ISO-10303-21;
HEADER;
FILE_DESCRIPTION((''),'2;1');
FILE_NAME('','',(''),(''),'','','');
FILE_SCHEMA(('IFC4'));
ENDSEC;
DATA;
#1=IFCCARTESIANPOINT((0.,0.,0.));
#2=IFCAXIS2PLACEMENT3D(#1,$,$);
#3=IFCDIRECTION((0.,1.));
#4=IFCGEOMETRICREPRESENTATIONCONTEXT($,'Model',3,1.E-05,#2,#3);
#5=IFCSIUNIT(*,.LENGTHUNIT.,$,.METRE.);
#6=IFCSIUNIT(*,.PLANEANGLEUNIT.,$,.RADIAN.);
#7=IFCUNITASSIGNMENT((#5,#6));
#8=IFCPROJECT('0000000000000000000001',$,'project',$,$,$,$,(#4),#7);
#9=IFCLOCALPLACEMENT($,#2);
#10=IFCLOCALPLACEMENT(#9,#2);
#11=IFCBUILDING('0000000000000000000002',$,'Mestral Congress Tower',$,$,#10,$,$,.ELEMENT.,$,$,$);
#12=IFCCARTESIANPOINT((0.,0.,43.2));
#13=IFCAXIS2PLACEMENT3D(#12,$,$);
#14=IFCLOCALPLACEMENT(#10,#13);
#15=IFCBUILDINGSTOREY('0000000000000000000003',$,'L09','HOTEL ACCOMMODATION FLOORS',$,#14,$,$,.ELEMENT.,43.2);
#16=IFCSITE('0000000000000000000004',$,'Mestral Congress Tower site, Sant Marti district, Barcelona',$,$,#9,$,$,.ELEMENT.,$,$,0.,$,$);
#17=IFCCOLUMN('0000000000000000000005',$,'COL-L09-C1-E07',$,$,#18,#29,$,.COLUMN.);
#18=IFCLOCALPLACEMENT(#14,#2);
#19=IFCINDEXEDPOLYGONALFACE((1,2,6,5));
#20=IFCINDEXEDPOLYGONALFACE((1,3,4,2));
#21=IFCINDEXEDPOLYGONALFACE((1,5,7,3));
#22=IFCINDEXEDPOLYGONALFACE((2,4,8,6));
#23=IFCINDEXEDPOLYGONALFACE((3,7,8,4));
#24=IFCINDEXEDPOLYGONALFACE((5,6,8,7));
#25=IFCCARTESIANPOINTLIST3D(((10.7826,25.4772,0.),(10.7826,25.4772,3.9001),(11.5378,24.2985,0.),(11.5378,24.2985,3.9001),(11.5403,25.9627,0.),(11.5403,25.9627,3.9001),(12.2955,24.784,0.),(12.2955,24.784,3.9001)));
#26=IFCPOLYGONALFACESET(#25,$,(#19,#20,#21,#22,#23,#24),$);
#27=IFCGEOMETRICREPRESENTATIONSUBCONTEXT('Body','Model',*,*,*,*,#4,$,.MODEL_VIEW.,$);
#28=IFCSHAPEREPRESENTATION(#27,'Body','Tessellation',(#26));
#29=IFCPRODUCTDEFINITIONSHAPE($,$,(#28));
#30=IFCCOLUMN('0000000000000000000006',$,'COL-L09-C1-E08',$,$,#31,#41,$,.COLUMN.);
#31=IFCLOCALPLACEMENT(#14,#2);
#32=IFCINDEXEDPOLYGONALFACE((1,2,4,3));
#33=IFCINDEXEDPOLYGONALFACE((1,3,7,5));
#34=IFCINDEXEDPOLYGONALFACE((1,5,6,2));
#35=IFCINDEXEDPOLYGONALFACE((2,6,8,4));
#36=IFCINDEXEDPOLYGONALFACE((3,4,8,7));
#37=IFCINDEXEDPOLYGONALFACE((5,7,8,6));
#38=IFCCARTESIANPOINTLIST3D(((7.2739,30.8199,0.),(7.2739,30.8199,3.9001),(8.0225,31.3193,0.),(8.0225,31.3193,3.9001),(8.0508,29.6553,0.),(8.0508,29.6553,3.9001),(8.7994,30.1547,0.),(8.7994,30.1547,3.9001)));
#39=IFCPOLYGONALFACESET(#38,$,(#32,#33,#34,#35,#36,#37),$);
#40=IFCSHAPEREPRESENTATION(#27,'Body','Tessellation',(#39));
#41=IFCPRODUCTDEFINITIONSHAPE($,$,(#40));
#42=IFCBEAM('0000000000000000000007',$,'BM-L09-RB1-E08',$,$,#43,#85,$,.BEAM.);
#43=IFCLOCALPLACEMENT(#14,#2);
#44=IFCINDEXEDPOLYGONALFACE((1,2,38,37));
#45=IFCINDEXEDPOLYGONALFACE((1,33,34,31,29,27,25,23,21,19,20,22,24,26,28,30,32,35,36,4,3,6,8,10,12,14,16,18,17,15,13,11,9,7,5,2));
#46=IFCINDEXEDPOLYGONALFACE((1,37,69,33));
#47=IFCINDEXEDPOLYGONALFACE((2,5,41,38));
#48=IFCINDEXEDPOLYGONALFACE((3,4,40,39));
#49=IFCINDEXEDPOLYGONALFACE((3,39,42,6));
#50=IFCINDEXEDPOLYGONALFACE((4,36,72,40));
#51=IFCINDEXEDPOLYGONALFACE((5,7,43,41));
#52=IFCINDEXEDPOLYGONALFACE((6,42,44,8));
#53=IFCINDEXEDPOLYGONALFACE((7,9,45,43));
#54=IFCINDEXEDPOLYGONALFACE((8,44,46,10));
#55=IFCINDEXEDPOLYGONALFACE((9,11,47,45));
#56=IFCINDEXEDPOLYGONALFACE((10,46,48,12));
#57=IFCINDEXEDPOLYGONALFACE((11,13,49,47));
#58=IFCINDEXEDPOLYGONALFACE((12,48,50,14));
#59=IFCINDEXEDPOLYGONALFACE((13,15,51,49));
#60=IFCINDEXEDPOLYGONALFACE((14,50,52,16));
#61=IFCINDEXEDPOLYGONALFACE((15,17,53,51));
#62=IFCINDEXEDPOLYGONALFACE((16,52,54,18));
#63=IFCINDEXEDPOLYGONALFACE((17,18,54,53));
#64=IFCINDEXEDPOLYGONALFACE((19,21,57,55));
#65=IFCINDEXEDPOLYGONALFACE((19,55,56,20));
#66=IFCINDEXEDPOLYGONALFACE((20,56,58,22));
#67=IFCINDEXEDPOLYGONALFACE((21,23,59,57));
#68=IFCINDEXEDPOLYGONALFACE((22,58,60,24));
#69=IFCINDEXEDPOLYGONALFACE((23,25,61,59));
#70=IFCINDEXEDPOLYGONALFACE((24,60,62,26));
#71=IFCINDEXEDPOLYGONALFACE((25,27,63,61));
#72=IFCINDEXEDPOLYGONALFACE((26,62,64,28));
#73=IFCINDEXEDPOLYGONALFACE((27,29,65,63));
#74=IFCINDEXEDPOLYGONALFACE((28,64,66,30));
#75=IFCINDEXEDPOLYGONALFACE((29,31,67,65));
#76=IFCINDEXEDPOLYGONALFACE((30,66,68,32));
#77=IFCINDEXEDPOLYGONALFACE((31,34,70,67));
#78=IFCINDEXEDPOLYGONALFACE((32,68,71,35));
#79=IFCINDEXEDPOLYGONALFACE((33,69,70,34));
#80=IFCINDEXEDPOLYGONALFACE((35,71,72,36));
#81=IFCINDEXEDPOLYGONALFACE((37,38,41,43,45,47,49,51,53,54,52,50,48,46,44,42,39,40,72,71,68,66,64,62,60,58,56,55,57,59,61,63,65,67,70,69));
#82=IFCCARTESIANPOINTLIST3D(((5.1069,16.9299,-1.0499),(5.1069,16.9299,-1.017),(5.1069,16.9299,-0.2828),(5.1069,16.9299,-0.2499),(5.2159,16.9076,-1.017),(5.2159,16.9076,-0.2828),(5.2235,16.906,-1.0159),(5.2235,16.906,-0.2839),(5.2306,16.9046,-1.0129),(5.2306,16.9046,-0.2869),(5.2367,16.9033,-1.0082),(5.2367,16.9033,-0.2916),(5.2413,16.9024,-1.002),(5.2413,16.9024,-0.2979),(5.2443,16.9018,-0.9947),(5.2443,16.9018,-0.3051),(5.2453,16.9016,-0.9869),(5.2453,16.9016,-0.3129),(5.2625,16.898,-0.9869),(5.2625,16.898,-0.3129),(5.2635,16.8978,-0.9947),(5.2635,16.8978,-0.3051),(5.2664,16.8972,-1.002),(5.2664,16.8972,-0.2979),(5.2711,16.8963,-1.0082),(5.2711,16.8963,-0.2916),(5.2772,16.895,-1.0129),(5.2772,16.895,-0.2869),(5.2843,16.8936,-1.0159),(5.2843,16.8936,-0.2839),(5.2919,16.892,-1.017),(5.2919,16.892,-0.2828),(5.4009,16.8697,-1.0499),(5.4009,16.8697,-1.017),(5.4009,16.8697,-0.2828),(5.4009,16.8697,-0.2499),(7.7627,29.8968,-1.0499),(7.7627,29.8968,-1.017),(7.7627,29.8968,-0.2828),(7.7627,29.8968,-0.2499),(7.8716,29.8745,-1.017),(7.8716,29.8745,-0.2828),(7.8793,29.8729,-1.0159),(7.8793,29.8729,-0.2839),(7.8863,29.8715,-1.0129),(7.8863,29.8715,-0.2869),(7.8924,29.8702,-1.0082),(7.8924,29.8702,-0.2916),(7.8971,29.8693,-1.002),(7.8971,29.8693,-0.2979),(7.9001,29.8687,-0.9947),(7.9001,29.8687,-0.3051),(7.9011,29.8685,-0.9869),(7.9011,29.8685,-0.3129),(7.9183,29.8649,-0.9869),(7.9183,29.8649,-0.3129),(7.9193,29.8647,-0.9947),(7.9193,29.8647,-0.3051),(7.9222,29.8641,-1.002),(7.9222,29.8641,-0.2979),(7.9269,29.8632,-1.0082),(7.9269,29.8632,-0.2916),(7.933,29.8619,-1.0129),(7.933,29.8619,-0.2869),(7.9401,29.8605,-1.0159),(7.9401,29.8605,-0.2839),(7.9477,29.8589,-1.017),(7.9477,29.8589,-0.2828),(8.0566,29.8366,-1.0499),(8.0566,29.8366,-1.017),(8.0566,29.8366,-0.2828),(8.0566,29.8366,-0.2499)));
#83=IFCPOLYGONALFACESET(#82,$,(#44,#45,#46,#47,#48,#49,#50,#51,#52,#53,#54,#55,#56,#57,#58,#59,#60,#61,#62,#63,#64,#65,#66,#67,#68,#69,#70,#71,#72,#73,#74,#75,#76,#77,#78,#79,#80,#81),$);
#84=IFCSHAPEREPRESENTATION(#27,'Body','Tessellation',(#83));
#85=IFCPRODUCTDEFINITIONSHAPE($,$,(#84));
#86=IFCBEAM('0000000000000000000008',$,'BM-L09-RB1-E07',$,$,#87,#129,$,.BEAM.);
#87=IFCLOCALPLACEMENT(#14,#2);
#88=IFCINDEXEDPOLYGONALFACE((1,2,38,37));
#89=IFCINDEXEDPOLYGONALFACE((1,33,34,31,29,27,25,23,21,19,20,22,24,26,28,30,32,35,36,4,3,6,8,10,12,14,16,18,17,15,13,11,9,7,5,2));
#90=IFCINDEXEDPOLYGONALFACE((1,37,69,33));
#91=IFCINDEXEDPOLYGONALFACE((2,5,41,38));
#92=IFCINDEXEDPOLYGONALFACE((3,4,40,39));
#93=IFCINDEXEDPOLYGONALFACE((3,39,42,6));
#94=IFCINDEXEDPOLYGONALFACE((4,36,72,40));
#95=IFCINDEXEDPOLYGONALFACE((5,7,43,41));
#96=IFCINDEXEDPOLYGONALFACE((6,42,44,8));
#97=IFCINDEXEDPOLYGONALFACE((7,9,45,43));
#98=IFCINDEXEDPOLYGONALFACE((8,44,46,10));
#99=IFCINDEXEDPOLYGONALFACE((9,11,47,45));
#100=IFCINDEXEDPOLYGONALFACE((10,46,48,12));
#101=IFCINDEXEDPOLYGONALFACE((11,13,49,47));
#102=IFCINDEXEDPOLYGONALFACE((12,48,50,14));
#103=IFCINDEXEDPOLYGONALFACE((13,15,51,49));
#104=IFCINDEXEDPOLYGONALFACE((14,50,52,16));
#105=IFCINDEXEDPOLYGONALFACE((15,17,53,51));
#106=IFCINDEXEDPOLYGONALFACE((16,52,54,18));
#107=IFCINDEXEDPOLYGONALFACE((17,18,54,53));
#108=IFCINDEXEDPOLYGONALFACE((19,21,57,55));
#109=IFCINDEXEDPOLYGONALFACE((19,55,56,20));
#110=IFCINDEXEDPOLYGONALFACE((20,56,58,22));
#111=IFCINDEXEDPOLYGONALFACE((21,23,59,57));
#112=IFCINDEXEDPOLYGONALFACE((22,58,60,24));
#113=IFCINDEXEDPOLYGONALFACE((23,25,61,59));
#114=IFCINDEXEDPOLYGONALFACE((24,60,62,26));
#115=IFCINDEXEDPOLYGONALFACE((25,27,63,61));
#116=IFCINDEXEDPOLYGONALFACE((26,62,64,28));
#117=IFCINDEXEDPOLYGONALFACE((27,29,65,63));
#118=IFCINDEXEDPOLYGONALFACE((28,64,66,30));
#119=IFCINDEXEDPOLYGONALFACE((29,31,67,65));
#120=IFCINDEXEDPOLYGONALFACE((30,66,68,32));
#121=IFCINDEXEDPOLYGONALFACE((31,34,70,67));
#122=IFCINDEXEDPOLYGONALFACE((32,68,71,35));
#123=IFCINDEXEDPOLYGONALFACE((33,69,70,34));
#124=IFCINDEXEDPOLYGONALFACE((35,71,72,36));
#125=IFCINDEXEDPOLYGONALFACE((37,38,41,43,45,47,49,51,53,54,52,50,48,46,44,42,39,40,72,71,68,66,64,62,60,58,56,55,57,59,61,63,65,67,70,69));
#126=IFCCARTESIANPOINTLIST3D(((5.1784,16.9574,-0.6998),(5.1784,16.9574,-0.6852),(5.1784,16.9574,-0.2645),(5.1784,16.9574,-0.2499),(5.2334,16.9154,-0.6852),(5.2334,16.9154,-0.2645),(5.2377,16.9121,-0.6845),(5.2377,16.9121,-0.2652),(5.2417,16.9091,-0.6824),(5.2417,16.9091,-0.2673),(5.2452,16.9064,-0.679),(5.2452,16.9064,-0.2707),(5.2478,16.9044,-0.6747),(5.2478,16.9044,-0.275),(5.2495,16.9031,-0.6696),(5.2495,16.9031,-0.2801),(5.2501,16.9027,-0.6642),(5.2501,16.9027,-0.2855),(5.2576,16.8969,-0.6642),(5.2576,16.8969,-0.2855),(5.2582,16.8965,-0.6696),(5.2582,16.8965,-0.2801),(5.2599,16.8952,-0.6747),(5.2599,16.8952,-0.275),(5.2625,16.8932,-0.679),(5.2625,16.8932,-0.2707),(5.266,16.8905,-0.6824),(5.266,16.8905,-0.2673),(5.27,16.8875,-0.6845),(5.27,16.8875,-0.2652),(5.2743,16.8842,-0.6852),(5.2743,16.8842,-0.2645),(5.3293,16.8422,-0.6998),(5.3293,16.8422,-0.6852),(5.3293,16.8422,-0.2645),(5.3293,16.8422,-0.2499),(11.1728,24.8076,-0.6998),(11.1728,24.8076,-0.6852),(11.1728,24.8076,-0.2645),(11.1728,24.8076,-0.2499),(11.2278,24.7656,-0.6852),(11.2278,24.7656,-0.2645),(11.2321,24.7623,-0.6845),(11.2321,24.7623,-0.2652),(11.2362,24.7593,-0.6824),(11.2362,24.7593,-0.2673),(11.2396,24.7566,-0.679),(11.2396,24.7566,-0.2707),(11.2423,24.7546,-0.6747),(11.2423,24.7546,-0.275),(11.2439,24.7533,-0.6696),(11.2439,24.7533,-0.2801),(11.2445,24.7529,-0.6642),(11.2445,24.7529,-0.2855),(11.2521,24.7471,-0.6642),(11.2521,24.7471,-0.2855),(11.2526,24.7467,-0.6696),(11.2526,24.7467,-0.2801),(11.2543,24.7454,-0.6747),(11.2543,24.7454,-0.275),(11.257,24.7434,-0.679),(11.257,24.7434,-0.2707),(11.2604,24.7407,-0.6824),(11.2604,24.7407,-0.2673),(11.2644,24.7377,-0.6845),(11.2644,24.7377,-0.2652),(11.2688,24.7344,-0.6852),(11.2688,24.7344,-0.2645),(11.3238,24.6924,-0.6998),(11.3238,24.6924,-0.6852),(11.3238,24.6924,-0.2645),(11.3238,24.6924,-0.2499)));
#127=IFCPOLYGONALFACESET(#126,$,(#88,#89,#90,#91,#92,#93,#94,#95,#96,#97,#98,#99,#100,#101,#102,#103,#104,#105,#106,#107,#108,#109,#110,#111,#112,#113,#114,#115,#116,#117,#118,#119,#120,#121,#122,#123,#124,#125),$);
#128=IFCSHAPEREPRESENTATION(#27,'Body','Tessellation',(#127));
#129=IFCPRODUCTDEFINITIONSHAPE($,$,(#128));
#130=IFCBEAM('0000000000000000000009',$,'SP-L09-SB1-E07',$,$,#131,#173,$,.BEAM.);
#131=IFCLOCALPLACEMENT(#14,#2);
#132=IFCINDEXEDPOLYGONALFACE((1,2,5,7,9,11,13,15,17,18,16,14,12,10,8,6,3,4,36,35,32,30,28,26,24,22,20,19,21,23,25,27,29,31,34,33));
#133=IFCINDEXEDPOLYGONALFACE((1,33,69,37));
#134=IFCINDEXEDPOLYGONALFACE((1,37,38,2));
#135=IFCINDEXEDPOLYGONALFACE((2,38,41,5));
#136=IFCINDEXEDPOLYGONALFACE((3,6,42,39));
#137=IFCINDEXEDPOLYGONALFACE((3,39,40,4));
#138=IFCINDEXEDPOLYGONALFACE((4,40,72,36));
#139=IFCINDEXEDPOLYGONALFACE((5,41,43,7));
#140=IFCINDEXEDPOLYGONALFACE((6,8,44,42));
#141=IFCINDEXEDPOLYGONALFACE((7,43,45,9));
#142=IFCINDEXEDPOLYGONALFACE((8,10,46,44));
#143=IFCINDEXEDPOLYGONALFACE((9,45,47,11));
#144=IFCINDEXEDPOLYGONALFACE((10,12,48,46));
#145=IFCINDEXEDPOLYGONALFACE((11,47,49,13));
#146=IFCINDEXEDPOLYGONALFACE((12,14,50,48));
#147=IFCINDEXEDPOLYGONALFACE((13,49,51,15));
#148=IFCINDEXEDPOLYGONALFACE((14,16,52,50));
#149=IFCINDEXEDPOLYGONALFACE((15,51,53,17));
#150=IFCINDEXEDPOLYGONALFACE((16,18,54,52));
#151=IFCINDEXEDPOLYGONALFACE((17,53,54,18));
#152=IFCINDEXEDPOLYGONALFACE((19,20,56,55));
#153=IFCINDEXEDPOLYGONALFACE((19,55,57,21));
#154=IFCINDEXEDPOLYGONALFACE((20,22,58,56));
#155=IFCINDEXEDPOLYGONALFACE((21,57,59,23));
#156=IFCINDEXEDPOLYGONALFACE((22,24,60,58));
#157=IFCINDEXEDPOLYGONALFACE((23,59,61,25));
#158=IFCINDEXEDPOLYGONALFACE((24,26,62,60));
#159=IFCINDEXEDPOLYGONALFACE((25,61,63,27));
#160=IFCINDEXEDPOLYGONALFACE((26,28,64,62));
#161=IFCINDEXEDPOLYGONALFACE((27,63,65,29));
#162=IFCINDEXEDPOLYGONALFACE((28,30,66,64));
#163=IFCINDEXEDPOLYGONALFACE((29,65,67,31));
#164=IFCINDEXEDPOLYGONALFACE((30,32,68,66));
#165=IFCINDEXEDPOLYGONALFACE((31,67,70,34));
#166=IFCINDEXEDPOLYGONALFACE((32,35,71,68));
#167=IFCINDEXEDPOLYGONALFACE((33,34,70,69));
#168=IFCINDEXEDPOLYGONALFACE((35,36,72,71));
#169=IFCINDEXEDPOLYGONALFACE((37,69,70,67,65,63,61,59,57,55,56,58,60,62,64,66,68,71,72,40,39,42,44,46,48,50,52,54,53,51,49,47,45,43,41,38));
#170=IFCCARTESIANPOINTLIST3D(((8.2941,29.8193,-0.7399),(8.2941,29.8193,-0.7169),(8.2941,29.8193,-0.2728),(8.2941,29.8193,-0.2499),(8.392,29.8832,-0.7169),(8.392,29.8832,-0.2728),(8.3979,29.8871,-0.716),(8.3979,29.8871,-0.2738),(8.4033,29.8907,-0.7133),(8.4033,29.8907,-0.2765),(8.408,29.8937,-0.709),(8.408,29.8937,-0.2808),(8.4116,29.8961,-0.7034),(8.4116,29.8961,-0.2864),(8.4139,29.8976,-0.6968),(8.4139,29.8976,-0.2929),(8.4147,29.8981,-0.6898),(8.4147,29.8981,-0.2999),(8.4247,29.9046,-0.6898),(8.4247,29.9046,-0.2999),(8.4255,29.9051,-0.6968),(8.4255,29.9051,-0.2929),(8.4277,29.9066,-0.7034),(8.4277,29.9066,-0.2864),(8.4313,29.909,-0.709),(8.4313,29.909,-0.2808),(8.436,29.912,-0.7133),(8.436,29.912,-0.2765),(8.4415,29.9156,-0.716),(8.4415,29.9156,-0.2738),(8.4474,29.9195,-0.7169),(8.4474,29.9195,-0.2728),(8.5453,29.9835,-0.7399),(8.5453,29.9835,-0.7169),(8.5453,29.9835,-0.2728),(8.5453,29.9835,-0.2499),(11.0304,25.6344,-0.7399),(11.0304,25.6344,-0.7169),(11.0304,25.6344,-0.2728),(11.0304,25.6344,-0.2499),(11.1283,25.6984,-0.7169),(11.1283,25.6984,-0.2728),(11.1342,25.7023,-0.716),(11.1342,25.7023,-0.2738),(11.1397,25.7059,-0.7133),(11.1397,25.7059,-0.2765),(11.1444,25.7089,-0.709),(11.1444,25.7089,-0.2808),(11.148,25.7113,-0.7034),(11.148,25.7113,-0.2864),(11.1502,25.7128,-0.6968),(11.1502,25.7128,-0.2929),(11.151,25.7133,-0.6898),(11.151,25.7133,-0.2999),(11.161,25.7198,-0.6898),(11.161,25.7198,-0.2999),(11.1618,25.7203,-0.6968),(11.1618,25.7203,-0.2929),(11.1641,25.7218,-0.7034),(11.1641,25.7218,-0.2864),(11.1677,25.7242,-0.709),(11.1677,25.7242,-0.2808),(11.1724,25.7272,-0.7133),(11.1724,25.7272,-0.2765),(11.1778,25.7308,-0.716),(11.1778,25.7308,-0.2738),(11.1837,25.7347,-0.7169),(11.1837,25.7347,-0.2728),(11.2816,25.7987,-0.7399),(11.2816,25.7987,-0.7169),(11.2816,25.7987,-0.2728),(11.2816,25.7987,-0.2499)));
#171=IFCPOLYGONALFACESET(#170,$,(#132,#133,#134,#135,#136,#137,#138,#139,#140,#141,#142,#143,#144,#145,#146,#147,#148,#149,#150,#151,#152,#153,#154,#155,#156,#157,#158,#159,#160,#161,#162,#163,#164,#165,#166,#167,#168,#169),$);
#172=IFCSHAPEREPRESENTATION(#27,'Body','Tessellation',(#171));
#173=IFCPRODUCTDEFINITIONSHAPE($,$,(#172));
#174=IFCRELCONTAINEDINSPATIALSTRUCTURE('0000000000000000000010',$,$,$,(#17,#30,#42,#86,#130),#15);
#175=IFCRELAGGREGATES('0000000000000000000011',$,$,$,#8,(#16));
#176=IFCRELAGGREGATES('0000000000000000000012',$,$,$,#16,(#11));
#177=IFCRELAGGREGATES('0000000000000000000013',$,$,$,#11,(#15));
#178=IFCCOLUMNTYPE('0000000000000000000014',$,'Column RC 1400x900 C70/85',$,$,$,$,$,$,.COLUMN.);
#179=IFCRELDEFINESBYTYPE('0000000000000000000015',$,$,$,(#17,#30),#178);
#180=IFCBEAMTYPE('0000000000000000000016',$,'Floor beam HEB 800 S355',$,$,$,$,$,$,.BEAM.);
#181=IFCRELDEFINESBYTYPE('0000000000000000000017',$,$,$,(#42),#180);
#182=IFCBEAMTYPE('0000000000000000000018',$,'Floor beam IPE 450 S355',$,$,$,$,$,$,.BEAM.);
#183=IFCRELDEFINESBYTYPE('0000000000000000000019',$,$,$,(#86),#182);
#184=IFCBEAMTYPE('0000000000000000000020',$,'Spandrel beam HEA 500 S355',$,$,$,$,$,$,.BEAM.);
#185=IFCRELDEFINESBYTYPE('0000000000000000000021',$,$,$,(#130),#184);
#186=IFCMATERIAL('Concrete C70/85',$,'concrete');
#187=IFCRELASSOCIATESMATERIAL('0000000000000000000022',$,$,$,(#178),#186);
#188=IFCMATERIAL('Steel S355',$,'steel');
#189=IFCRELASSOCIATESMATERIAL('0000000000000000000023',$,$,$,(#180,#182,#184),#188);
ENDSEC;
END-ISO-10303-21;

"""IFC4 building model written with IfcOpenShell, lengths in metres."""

from ifc_helpers import new_model, si_unit, direction, frame, origin, origin_2d, place, context, subcontext, project, spatial, rectangle, i_section, extrude, material, material_profile, profile_set, type_object, element, save


model = new_model("IFC4")

# Units and contexts
model_context = context("Model", 3, precision=1e-05, world=origin(), true_north=direction((0.0, 1.0)))
body_context = subcontext(model_context, "Body", "Model", "MODEL_VIEW")
ifc_project = project(units=[si_unit("LENGTHUNIT", "METRE"), si_unit("PLANEANGLEUNIT", "RADIAN")], contexts=[model_context])

# Site, building, storey
site_placement = place(None, origin())
site = spatial("IfcSite", under=ifc_project, at=site_placement, Name="Mestral Congress Tower site, Sant Marti district, Barcelona", CompositionType="ELEMENT", RefElevation=0.0)
building_placement = place(site_placement, origin())
building = spatial("IfcBuilding", under=site, at=building_placement, Name="Mestral Congress Tower", CompositionType="ELEMENT")
storey_placement = place(building_placement, frame((0.0, 0.0, 43.2)))
storey = spatial("IfcBuildingStorey", under=building, at=storey_placement, Name="L09", Description="HOTEL ACCOMMODATION FLOORS", CompositionType="ELEMENT", Elevation=43.2)

# Columns
ifc_material_1 = material(Name="Concrete C70/85", Category="concrete")
ifc_material_profile_1 = material_profile(ifc_material_1, rectangle(XDim=1.3999, YDim=0.8999, at=origin_2d()), Name="RC 1400x900")
ifc_profile_set_1 = profile_set([ifc_material_profile_1], Name="Concrete C70/85")
column_type = type_object("IfcColumnType", Name="Column RC 1400x900 C70/85", PredefinedType="COLUMN", material=ifc_profile_set_1)
for number, where, z_axis, x_axis, name in (
    (1, (11.5391, 25.1306, 0.0), (0.0, 0.0, 1.0), (-0.539476, 0.842001, 0.0), "COL-L09-C1-E07"),
    (2, (8.0366, 30.4873, 0.0), (0.0, 0.0, 1.0), (-0.554949, 0.831884, 0.0), "COL-L09-C1-E08"),
):
    element("IfcColumn", number, at=place(storey_placement, frame(where, z_axis=z_axis, x_axis=x_axis)), inside=storey, type_object=column_type, Name=name, PredefinedType="COLUMN", context=body_context, shape_type="SweptSolid", body=[
        extrude(rectangle(XDim=1.3999, YDim=0.8999, at=origin_2d()), origin(), (0.0, 0.0, 1.0), 3.9001),
    ])

# Beams
ifc_material_2 = material(Name="Steel S355", Category="steel")
ifc_material_profile_2 = material_profile(ifc_material_2, i_section(OverallWidth=0.3, OverallDepth=0.8, WebThickness=0.0176, FlangeThickness=0.033, FilletRadius=0.03, at=origin_2d()), Name="HEB 800")
ifc_profile_set_2 = profile_set([ifc_material_profile_2], Name="Steel S355")
beam_type_1 = type_object("IfcBeamType", Name="Floor beam HEB 800 S355", PredefinedType="BEAM", material=ifc_profile_set_2)
beam_1_placement = place(storey_placement, frame((7.9097, 29.8667, -0.6499), z_axis=(-0.200647, -0.979664, 0.0), x_axis=(0.979664, -0.200647, 0.0)))
element("IfcBeam", 3, at=beam_1_placement, inside=storey, type_object=beam_type_1, Name="BM-L09-RB1-E08", PredefinedType="BEAM", context=body_context, shape_type="SweptSolid", body=[
    extrude(i_section(OverallWidth=0.3, OverallDepth=0.8, WebThickness=0.0176, FlangeThickness=0.033, FilletRadius=0.03, at=origin_2d()), origin(), (0.0, 0.0, 1.0), 13.2361),
])
ifc_material_profile_3 = material_profile(ifc_material_2, i_section(OverallWidth=0.1899, OverallDepth=0.45, WebThickness=0.0095, FlangeThickness=0.0146, FilletRadius=0.021, at=origin_2d()), Name="IPE 450")
ifc_profile_set_3 = profile_set([ifc_material_profile_3], Name="Steel S355")
beam_type_2 = type_object("IfcBeamType", Name="Floor beam IPE 450 S355", PredefinedType="BEAM", material=ifc_profile_set_3)
beam_2_placement = place(storey_placement, frame((11.2483, 24.75, -0.4749), z_axis=(-0.606899, -0.794779, 0.0), x_axis=(0.794779, -0.606899, 0.0)))
element("IfcBeam", 4, at=beam_2_placement, inside=storey, type_object=beam_type_2, Name="BM-L09-RB1-E07", PredefinedType="BEAM", context=body_context, shape_type="SweptSolid", body=[
    extrude(i_section(OverallWidth=0.1899, OverallDepth=0.45, WebThickness=0.0095, FlangeThickness=0.0146, FilletRadius=0.021, at=origin_2d()), origin(), (0.0, 0.0, 1.0), 9.8772),
])
ifc_material_profile_4 = material_profile(ifc_material_2, i_section(OverallWidth=0.3, OverallDepth=0.49, WebThickness=0.012, FlangeThickness=0.0229, FilletRadius=0.0271, at=origin_2d()), Name="HEA 500")
ifc_profile_set_4 = profile_set([ifc_material_profile_4], Name="Steel S355")
beam_type_3 = type_object("IfcBeamType", Name="Spandrel beam HEA 500 S355", PredefinedType="BEAM", material=ifc_profile_set_4)
beam_3_placement = place(storey_placement, frame((11.156, 25.7166, -0.4949), z_axis=(-0.547264, 0.83696, 0.0), x_axis=(-0.83696, -0.547264, 0.0)))
element("IfcBeam", 5, at=beam_3_placement, inside=storey, type_object=beam_type_3, Name="SP-L09-SB1-E07", PredefinedType="BEAM", context=body_context, shape_type="SweptSolid", body=[
    extrude(i_section(OverallWidth=0.3, OverallDepth=0.49, WebThickness=0.012, FlangeThickness=0.0229, FilletRadius=0.0271, at=origin_2d()), origin(), (0.0, 0.0, 1.0), 5.0),
])

save(model, "model.ifc")
